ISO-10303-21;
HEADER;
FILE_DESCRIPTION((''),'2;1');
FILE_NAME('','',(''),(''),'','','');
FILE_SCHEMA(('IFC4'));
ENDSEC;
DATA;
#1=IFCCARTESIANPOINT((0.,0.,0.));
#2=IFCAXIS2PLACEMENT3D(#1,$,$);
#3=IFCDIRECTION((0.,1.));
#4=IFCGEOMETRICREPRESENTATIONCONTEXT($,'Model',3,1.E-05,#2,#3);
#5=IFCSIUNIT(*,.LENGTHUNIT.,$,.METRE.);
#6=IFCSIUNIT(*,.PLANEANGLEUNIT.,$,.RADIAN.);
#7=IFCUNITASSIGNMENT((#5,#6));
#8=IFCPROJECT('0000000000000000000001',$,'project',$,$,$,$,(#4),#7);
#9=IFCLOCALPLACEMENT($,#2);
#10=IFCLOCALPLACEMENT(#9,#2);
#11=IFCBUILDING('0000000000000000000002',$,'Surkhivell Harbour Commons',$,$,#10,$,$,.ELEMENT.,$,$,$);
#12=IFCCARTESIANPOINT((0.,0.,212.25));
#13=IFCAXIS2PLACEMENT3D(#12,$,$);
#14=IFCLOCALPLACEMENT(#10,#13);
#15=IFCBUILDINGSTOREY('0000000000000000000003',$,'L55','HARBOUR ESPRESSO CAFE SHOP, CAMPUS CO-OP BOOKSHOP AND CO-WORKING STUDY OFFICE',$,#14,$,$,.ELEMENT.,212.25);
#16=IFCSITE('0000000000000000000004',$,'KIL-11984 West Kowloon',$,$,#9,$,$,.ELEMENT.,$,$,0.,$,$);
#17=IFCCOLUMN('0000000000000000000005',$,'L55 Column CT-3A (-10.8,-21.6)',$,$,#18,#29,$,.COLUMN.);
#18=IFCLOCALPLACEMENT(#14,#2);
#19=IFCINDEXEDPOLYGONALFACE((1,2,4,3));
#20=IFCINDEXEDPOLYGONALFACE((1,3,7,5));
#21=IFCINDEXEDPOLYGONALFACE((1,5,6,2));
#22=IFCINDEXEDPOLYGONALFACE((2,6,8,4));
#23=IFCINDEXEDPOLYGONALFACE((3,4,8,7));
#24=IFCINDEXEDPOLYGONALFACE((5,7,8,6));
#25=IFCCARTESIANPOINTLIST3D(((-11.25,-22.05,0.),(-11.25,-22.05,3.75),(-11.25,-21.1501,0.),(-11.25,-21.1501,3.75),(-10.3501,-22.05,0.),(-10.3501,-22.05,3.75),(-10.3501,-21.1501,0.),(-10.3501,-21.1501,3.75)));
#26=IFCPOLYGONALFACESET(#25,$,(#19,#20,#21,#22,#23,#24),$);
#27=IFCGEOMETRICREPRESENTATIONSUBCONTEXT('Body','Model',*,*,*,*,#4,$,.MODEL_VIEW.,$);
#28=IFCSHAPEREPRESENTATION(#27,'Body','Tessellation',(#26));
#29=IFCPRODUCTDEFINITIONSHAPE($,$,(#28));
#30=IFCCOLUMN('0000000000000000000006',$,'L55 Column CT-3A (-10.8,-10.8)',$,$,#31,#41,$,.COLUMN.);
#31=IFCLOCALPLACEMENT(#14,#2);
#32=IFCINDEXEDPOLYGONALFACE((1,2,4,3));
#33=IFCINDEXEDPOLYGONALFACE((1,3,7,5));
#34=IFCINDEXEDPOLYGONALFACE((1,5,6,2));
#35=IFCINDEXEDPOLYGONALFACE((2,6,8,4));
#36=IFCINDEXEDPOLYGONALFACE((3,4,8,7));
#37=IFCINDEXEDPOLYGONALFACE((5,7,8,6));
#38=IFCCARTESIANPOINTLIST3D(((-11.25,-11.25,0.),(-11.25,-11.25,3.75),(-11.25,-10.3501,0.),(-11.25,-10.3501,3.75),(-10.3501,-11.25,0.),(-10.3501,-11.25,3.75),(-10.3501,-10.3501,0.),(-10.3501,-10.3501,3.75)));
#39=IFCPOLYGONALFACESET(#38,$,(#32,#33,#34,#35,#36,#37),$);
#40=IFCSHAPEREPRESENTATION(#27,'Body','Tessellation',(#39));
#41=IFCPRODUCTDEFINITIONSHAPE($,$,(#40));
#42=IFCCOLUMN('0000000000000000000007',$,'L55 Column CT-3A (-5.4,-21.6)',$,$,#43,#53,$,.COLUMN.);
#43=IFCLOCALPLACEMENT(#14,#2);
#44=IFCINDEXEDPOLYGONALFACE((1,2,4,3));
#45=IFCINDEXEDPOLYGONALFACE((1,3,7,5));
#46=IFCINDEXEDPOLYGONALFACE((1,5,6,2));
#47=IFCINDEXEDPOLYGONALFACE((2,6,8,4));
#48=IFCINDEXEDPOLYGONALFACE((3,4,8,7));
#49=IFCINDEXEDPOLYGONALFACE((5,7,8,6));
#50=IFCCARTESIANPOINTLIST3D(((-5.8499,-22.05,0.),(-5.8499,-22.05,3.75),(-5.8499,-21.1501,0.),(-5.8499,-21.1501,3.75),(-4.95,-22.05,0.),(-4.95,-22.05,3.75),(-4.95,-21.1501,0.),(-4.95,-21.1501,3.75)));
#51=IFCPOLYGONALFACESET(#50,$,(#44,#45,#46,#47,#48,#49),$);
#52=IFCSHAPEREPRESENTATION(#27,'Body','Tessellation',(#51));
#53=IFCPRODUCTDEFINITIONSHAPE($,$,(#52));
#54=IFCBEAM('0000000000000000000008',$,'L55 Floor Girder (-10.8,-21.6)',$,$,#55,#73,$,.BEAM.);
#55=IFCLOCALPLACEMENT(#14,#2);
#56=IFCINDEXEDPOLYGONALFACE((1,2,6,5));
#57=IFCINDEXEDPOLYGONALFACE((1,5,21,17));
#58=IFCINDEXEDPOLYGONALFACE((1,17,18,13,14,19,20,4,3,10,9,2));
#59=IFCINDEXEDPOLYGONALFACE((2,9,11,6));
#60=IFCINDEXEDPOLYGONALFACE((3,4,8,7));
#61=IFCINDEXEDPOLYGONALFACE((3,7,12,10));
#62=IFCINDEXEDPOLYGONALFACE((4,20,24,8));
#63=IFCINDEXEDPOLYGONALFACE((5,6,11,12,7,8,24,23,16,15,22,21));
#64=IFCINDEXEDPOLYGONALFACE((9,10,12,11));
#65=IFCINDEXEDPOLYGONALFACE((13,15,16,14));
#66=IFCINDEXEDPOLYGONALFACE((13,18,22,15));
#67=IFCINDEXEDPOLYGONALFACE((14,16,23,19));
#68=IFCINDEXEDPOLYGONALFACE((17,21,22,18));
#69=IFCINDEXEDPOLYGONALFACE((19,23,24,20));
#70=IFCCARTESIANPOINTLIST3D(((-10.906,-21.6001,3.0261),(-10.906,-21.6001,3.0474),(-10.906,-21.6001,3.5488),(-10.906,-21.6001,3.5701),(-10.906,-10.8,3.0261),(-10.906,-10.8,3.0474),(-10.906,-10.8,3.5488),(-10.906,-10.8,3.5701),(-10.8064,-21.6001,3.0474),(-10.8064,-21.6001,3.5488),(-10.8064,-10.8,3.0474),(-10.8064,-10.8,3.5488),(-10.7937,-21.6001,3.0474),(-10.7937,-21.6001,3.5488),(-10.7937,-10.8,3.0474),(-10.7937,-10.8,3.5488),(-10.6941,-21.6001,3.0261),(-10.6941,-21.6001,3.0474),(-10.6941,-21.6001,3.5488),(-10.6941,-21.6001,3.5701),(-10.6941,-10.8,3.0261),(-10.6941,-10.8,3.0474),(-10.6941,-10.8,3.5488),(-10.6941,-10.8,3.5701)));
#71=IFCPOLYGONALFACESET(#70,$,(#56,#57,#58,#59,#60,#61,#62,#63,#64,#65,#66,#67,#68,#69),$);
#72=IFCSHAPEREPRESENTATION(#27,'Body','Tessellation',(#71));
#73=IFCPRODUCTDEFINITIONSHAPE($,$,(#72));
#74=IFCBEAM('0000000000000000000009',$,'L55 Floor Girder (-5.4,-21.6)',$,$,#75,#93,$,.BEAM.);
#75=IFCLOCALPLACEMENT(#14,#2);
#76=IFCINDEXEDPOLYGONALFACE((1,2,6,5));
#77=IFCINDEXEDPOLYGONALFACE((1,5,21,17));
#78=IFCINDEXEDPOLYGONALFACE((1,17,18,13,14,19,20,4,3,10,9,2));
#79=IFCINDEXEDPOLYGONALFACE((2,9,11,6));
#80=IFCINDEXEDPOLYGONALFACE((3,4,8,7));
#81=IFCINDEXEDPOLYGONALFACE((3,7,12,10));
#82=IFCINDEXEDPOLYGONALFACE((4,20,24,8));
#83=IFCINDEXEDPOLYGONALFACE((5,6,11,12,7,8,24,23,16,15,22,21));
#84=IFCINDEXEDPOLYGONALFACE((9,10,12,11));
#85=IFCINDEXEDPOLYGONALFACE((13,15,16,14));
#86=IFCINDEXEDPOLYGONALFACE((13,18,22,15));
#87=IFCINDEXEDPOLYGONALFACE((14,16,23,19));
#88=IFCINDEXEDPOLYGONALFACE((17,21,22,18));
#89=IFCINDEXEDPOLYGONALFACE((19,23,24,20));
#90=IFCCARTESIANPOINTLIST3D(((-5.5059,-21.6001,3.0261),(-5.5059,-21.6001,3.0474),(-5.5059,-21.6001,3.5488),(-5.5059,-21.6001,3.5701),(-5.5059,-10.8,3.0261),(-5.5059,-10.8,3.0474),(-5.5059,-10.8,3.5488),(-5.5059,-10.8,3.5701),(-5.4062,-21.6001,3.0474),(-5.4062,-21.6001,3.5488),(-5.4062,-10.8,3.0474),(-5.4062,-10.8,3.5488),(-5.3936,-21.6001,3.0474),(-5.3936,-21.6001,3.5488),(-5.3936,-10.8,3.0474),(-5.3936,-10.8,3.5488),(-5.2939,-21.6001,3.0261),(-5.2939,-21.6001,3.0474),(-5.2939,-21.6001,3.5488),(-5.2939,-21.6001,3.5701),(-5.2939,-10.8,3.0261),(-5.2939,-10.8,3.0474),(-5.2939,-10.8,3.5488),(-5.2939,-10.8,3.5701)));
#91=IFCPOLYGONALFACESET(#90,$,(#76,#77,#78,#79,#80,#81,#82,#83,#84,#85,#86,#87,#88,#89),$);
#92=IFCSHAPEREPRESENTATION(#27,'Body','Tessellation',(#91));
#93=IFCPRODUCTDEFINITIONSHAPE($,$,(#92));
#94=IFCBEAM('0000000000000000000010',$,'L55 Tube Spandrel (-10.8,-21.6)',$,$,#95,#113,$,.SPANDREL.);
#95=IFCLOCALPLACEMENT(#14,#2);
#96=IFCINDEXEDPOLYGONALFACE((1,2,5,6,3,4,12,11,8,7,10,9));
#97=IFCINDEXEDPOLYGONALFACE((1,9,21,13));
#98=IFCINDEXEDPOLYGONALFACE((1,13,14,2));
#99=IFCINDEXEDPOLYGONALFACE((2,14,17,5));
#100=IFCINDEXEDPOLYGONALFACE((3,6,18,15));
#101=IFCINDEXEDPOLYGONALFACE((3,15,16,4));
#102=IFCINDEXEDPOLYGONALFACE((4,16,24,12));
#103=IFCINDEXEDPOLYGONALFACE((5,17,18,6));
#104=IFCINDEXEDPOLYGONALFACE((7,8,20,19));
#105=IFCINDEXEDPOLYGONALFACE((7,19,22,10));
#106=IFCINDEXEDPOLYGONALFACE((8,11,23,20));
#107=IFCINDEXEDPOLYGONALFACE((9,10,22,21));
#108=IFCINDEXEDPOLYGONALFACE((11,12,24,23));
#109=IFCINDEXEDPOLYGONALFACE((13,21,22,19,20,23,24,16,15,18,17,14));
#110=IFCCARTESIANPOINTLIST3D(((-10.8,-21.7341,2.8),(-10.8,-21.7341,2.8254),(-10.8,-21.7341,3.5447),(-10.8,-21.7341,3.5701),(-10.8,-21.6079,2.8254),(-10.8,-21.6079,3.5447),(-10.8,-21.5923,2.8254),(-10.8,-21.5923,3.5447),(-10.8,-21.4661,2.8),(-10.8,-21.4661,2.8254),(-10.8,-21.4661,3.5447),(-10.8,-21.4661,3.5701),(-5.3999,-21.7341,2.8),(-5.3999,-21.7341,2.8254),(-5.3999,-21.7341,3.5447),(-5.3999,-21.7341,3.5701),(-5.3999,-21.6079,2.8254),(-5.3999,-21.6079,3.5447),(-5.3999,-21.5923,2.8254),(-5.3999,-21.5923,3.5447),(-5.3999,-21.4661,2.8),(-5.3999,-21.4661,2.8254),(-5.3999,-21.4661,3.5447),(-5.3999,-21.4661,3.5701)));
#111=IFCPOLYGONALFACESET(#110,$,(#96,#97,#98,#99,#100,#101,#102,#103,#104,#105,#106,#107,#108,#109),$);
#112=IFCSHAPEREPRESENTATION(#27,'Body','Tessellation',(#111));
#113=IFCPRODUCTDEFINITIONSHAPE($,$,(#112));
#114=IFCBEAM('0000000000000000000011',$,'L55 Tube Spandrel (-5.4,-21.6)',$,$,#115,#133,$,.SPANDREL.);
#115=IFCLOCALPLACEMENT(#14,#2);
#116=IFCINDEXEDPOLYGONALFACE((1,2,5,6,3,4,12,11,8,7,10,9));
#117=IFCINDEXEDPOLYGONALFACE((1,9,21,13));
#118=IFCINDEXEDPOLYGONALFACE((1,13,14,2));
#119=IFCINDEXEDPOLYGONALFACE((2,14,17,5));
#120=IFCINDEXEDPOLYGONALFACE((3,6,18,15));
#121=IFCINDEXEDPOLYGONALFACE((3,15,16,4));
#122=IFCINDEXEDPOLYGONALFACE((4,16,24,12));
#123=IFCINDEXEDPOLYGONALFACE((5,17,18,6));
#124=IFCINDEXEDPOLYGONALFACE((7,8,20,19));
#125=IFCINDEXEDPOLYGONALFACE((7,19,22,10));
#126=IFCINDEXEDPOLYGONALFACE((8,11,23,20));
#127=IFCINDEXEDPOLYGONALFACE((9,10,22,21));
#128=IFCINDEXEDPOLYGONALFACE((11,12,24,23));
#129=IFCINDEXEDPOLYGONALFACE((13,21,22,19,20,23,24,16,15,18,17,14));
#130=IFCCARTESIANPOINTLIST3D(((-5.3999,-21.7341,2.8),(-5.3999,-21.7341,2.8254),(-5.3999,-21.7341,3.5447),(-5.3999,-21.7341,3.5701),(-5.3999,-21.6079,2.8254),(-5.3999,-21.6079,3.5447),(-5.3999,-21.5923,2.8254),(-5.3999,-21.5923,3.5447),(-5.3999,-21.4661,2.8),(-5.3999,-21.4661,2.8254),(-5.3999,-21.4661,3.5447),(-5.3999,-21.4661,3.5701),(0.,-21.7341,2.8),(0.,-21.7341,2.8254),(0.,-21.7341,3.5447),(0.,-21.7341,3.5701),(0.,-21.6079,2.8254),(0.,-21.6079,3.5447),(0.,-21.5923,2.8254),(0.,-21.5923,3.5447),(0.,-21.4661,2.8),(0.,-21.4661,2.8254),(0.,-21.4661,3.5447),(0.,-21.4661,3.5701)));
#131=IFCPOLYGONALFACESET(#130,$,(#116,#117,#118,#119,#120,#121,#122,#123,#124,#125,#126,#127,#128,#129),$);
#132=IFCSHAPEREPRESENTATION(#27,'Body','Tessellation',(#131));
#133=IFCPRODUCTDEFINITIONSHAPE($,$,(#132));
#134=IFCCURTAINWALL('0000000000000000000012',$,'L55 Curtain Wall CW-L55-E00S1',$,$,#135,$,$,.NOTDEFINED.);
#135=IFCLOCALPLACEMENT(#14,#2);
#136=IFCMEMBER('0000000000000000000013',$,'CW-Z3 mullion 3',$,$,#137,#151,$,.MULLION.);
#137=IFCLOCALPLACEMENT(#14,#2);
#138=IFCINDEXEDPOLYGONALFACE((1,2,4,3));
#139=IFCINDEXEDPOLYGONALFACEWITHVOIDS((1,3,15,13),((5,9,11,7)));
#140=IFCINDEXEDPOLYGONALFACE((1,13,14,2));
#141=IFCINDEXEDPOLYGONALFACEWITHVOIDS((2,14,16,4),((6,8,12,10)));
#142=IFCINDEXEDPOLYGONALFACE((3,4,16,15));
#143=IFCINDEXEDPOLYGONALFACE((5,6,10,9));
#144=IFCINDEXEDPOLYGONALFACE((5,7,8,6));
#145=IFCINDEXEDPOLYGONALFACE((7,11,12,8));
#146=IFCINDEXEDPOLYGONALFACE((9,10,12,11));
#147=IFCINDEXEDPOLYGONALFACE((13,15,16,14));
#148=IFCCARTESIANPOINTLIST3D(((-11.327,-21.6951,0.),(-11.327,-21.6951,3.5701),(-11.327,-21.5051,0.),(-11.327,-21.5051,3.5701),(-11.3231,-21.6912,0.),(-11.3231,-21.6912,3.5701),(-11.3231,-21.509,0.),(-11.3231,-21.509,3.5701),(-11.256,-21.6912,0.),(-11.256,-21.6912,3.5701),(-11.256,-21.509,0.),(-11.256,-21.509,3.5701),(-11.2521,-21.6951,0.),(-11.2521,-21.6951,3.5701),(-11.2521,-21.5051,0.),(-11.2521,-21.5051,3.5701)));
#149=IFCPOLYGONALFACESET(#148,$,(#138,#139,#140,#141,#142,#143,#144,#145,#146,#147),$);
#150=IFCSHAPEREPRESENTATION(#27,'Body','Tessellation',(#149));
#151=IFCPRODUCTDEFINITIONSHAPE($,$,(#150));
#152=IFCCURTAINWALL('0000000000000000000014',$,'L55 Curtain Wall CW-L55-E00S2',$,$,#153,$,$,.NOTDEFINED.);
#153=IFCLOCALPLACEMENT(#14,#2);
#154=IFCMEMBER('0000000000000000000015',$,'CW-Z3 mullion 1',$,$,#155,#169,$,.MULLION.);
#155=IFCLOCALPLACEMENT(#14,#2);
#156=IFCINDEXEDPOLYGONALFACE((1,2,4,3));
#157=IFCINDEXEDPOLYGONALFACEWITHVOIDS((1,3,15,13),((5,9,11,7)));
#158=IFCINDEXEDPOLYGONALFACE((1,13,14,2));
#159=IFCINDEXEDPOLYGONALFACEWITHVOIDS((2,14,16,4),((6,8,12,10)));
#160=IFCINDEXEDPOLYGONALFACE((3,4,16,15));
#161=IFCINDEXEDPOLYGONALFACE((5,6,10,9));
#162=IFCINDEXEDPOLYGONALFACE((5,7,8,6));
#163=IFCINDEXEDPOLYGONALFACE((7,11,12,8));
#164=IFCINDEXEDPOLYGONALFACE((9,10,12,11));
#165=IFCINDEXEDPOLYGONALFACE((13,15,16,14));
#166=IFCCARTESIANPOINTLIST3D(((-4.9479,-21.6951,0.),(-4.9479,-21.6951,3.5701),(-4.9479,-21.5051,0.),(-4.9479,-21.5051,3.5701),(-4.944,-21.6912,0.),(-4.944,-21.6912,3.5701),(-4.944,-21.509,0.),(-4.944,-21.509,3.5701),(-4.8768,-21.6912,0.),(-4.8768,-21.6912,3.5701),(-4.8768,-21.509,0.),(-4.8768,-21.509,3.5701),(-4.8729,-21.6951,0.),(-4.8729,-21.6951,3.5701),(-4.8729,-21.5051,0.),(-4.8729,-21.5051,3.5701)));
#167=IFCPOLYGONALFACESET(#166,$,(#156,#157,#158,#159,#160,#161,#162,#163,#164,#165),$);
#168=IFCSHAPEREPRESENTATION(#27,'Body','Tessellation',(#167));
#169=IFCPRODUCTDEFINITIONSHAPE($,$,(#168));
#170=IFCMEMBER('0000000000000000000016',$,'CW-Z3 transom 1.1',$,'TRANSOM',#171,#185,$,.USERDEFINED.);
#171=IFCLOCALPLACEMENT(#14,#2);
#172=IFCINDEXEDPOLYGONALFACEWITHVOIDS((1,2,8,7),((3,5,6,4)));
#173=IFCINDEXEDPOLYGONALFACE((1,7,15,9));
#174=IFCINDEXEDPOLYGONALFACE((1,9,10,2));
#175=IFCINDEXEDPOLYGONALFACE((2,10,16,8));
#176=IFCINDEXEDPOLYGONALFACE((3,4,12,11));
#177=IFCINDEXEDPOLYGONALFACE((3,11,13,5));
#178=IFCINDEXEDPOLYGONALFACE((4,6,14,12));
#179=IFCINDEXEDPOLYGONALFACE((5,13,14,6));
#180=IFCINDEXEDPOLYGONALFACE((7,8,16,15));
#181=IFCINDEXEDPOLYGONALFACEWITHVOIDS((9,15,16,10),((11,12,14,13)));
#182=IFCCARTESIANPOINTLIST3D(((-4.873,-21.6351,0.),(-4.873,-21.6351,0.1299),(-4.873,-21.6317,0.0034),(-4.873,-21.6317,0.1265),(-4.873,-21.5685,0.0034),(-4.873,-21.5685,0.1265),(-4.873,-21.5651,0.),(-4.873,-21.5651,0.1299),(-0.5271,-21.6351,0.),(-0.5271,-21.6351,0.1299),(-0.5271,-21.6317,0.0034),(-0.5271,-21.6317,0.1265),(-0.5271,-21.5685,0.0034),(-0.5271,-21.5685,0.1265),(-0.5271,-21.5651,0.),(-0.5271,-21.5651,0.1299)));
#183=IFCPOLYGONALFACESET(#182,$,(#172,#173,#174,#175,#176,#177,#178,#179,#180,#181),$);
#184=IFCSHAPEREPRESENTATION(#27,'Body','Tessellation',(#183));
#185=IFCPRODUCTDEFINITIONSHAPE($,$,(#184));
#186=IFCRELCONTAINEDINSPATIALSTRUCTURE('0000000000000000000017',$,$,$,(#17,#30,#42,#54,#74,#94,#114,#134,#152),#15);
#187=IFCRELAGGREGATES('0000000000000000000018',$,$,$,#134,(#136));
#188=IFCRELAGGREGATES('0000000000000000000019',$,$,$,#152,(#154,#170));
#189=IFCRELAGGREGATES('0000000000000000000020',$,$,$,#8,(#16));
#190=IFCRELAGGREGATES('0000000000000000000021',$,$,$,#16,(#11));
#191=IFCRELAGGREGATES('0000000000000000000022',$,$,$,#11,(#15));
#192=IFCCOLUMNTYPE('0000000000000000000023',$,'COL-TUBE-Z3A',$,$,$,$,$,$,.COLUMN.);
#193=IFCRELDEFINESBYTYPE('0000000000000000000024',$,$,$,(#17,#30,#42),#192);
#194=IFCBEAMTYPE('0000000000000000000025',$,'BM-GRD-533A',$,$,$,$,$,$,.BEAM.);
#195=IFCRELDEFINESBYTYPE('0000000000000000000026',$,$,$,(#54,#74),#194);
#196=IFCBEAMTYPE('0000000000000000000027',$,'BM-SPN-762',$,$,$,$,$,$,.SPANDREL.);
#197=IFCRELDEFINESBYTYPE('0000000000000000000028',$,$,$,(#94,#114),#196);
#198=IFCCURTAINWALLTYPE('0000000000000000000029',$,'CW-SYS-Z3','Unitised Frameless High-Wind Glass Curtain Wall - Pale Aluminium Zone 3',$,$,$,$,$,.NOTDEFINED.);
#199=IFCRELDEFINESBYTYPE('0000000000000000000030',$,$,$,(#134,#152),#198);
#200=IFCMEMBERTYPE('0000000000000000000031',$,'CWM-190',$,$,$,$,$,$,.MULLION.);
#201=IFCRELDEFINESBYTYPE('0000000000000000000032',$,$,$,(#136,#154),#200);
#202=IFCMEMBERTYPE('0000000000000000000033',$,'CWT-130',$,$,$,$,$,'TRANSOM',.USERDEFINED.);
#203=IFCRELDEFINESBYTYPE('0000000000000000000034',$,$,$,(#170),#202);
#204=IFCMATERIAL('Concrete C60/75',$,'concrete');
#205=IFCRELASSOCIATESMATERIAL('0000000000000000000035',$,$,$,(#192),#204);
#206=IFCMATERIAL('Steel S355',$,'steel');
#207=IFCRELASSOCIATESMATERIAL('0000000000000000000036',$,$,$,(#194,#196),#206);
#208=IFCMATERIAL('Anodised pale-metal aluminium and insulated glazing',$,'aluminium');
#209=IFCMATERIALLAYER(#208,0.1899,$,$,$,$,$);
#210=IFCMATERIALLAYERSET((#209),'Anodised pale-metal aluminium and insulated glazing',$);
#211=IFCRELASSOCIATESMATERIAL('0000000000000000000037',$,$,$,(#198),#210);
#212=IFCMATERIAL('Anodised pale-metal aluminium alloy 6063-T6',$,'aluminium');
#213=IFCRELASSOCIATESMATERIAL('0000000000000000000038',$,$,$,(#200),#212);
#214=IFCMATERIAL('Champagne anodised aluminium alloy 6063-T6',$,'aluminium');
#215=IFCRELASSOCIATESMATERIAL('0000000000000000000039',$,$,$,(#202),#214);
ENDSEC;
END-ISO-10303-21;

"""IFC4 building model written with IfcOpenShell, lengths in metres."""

from ifc_helpers import new_model, si_unit, direction, frame, origin, origin_2d, place, context, subcontext, project, spatial, rectangle, hollow_rectangle, i_section, extrude, material, layer, layer_set, material_profile, profile_set, type_object, element, aggregate, save


model = new_model("IFC4")

# Units and contexts
model_context = context("Model", 3, precision=1e-05, world=origin(), true_north=direction((0.0, 1.0)))
body_context = subcontext(model_context, "Body", "Model", "MODEL_VIEW")
ifc_project = project(units=[si_unit("LENGTHUNIT", "METRE"), si_unit("PLANEANGLEUNIT", "RADIAN")], contexts=[model_context])

# Site, building, storey
site_placement = place(None, origin())
site = spatial("IfcSite", under=ifc_project, at=site_placement, Name="KIL-11984 West Kowloon", CompositionType="ELEMENT", RefElevation=0.0)
building_placement = place(site_placement, origin())
building = spatial("IfcBuilding", under=site, at=building_placement, Name="Surkhivell Harbour Commons", CompositionType="ELEMENT")
storey_placement = place(building_placement, frame((0.0, 0.0, 212.25)))
storey = spatial("IfcBuildingStorey", under=building, at=storey_placement, Name="L55", Description="HARBOUR ESPRESSO CAFE SHOP, CAMPUS CO-OP BOOKSHOP AND CO-WORKING STUDY OFFICE", CompositionType="ELEMENT", Elevation=212.25)

# Columns
ifc_material_1 = material(Name="Concrete C60/75", Category="concrete")
ifc_material_profile_1 = material_profile(ifc_material_1, rectangle(XDim=0.8999, YDim=0.8999, at=origin_2d()), Name="RC-COL-900x900")
ifc_profile_set_1 = profile_set([ifc_material_profile_1], Name="Concrete C60/75")
column_type = type_object("IfcColumnType", Name="COL-TUBE-Z3A", PredefinedType="COLUMN", material=ifc_profile_set_1)
for number, where, z_axis, x_axis, name in (
    (1, (-10.8, -21.6001, 0.0), (0.0, 0.0, 1.0), (1.0, 0.0, 0.0), "L55 Column CT-3A (-10.8,-21.6)"),
    (2, (-10.8, -10.8, 0.0), (0.0, 0.0, 1.0), (1.0, 0.0, 0.0), "L55 Column CT-3A (-10.8,-10.8)"),
    (3, (-5.3999, -21.6001, 0.0), (0.0, 0.0, 1.0), (1.0, 0.0, 0.0), "L55 Column CT-3A (-5.4,-21.6)"),
):
    element("IfcColumn", number, at=place(storey_placement, frame(where, z_axis=z_axis, x_axis=x_axis)), inside=storey, type_object=column_type, Name=name, PredefinedType="COLUMN", context=body_context, shape_type="SweptSolid", body=[
        extrude(rectangle(XDim=0.8999, YDim=0.8999, at=origin_2d()), origin(), (0.0, 0.0, 1.0), 3.75),
    ])

# Beams
ifc_material_2 = material(Name="Steel S355", Category="steel")
ifc_material_profile_2 = material_profile(ifc_material_2, i_section(OverallWidth=0.2119, OverallDepth=0.5439, WebThickness=0.0127, FlangeThickness=0.0212, at=origin_2d()), Name="UB533x210x122")
ifc_profile_set_2 = profile_set([ifc_material_profile_2], Name="Steel S355")
beam_type_1 = type_object("IfcBeamType", Name="BM-GRD-533A", PredefinedType="BEAM", material=ifc_profile_set_2)
for number, where, z_axis, x_axis, name in (
    (4, (-10.8, -21.6001, 3.2981), (0.0, 1.0, 0.0), (-1.0, 0.0, 0.0), "L55 Floor Girder (-10.8,-21.6)"),
    (5, (-5.3999, -21.6001, 3.2981), (0.0, 1.0, 0.0), (-1.0, 0.0, 0.0), "L55 Floor Girder (-5.4,-21.6)"),
):
    element("IfcBeam", number, at=place(storey_placement, frame(where, z_axis=z_axis, x_axis=x_axis)), inside=storey, type_object=beam_type_1, Name=name, PredefinedType="BEAM", context=body_context, shape_type="SweptSolid", body=[
        extrude(i_section(OverallWidth=0.2119, OverallDepth=0.5439, WebThickness=0.0127, FlangeThickness=0.0212, at=origin_2d()), origin(), (0.0, 0.0, 1.0), 10.8),
    ])
ifc_material_profile_3 = material_profile(ifc_material_2, i_section(OverallWidth=0.2681, OverallDepth=0.77, WebThickness=0.0156, FlangeThickness=0.0254, at=origin_2d()), Name="UB762x267x197")
ifc_profile_set_3 = profile_set([ifc_material_profile_3], Name="Steel S355")
beam_type_2 = type_object("IfcBeamType", Name="BM-SPN-762", PredefinedType="SPANDREL", material=ifc_profile_set_3)
beam_1_placement = place(storey_placement, frame((-10.8, -21.6001, 3.1851), z_axis=(1.0, 0.0, 0.0), x_axis=(0.0, 1.0, 0.0)))
element("IfcBeam", 6, at=beam_1_placement, inside=storey, type_object=beam_type_2, Name="L55 Tube Spandrel (-10.8,-21.6)", PredefinedType="SPANDREL", context=body_context, shape_type="SweptSolid", body=[
    extrude(i_section(OverallWidth=0.2681, OverallDepth=0.77, WebThickness=0.0156, FlangeThickness=0.0254, at=origin_2d()), origin(), (0.0, 0.0, 1.0), 5.4001),
])
beam_2_placement = place(storey_placement, frame((-5.3999, -21.6001, 3.1851), z_axis=(1.0, 0.0, 0.0), x_axis=(0.0, 1.0, 0.0)))
element("IfcBeam", 7, at=beam_2_placement, inside=storey, type_object=beam_type_2, Name="L55 Tube Spandrel (-5.4,-21.6)", PredefinedType="SPANDREL", context=body_context, shape_type="SweptSolid", body=[
    extrude(i_section(OverallWidth=0.2681, OverallDepth=0.77, WebThickness=0.0156, FlangeThickness=0.0254, at=origin_2d()), origin(), (0.0, 0.0, 1.0), 5.3999),
])

# Curtain wall, member
ifc_material_3 = material(Name="Anodised pale-metal aluminium and insulated glazing", Category="aluminium")
ifc_layer_1 = layer(ifc_material_3, 0.1899)
ifc_layer_set_1 = layer_set([ifc_layer_1], Name="Anodised pale-metal aluminium and insulated glazing")
curtain_wall_type = type_object("IfcCurtainWallType", Name="CW-SYS-Z3", Description="Unitised Frameless High-Wind Glass Curtain Wall - Pale Aluminium Zone 3", PredefinedType="NOTDEFINED", material=ifc_layer_set_1)
curtain_wall_1_placement = place(storey_placement, origin())
curtain_wall_1 = element("IfcCurtainWall", 8, at=curtain_wall_1_placement, inside=storey, type_object=curtain_wall_type, Name="L55 Curtain Wall CW-L55-E00S1", PredefinedType="NOTDEFINED")
ifc_material_4 = material(Name="Anodised pale-metal aluminium alloy 6063-T6", Category="aluminium")
ifc_material_profile_4 = material_profile(ifc_material_4, hollow_rectangle(XDim=0.075, YDim=0.1899, WallThickness=0.0039, at=origin_2d()), Name="ALU-MULL-75x190")
ifc_profile_set_4 = profile_set([ifc_material_profile_4], Name="Anodised pale-metal aluminium alloy 6063-T6")
member_type_1 = type_object("IfcMemberType", Name="CWM-190", PredefinedType="MULLION", material=ifc_profile_set_4)
member_1_placement = place(storey_placement, frame((-11.2896, -21.6001, 0.0), z_axis=(0.0, 0.0, 1.0), x_axis=(1.0, 0.0, 0.0)))
member_1 = element("IfcMember", 9, at=member_1_placement, type_object=member_type_1, Name="CW-Z3 mullion 3", PredefinedType="MULLION", context=body_context, shape_type="SweptSolid", body=[
    extrude(hollow_rectangle(XDim=0.075, YDim=0.1899, WallThickness=0.0039, at=origin_2d()), origin(), (0.0, 0.0, 1.0), 3.5701),
])
aggregate(curtain_wall_1, [member_1])

# Curtain wall, members
curtain_wall_2_placement = place(storey_placement, origin())
curtain_wall_2 = element("IfcCurtainWall", 10, at=curtain_wall_2_placement, inside=storey, type_object=curtain_wall_type, Name="L55 Curtain Wall CW-L55-E00S2", PredefinedType="NOTDEFINED")
member_2_placement = place(storey_placement, frame((-4.9104, -21.6001, 0.0), z_axis=(0.0, 0.0, 1.0), x_axis=(1.0, 0.0, 0.0)))
member_2 = element("IfcMember", 11, at=member_2_placement, type_object=member_type_1, Name="CW-Z3 mullion 1", PredefinedType="MULLION", context=body_context, shape_type="SweptSolid", body=[
    extrude(hollow_rectangle(XDim=0.075, YDim=0.1899, WallThickness=0.0039, at=origin_2d()), origin(), (0.0, 0.0, 1.0), 3.5701),
])
ifc_material_5 = material(Name="Champagne anodised aluminium alloy 6063-T6", Category="aluminium")
ifc_material_profile_5 = material_profile(ifc_material_5, hollow_rectangle(XDim=0.0701, YDim=0.1299, WallThickness=0.0034, at=origin_2d()), Name="ALU-TRAN-70x130")
ifc_profile_set_5 = profile_set([ifc_material_profile_5], Name="Champagne anodised aluminium alloy 6063-T6")
member_type_2 = type_object("IfcMemberType", Name="CWT-130", ElementType="TRANSOM", PredefinedType="USERDEFINED", material=ifc_profile_set_5)
member_3_placement = place(storey_placement, frame((-4.873, -21.6001, 0.0649), z_axis=(1.0, 0.0, 0.0), x_axis=(0.0, 1.0, 0.0)))
member_3 = element("IfcMember", 12, at=member_3_placement, type_object=member_type_2, Name="CW-Z3 transom 1.1", ObjectType="TRANSOM", PredefinedType="USERDEFINED", context=body_context, shape_type="SweptSolid", body=[
    extrude(hollow_rectangle(XDim=0.0701, YDim=0.1299, WallThickness=0.0034, at=origin_2d()), origin(), (0.0, 0.0, 1.0), 4.3459),
])

aggregate(curtain_wall_2, [member_2, member_3])

save(model, "model.ifc")
